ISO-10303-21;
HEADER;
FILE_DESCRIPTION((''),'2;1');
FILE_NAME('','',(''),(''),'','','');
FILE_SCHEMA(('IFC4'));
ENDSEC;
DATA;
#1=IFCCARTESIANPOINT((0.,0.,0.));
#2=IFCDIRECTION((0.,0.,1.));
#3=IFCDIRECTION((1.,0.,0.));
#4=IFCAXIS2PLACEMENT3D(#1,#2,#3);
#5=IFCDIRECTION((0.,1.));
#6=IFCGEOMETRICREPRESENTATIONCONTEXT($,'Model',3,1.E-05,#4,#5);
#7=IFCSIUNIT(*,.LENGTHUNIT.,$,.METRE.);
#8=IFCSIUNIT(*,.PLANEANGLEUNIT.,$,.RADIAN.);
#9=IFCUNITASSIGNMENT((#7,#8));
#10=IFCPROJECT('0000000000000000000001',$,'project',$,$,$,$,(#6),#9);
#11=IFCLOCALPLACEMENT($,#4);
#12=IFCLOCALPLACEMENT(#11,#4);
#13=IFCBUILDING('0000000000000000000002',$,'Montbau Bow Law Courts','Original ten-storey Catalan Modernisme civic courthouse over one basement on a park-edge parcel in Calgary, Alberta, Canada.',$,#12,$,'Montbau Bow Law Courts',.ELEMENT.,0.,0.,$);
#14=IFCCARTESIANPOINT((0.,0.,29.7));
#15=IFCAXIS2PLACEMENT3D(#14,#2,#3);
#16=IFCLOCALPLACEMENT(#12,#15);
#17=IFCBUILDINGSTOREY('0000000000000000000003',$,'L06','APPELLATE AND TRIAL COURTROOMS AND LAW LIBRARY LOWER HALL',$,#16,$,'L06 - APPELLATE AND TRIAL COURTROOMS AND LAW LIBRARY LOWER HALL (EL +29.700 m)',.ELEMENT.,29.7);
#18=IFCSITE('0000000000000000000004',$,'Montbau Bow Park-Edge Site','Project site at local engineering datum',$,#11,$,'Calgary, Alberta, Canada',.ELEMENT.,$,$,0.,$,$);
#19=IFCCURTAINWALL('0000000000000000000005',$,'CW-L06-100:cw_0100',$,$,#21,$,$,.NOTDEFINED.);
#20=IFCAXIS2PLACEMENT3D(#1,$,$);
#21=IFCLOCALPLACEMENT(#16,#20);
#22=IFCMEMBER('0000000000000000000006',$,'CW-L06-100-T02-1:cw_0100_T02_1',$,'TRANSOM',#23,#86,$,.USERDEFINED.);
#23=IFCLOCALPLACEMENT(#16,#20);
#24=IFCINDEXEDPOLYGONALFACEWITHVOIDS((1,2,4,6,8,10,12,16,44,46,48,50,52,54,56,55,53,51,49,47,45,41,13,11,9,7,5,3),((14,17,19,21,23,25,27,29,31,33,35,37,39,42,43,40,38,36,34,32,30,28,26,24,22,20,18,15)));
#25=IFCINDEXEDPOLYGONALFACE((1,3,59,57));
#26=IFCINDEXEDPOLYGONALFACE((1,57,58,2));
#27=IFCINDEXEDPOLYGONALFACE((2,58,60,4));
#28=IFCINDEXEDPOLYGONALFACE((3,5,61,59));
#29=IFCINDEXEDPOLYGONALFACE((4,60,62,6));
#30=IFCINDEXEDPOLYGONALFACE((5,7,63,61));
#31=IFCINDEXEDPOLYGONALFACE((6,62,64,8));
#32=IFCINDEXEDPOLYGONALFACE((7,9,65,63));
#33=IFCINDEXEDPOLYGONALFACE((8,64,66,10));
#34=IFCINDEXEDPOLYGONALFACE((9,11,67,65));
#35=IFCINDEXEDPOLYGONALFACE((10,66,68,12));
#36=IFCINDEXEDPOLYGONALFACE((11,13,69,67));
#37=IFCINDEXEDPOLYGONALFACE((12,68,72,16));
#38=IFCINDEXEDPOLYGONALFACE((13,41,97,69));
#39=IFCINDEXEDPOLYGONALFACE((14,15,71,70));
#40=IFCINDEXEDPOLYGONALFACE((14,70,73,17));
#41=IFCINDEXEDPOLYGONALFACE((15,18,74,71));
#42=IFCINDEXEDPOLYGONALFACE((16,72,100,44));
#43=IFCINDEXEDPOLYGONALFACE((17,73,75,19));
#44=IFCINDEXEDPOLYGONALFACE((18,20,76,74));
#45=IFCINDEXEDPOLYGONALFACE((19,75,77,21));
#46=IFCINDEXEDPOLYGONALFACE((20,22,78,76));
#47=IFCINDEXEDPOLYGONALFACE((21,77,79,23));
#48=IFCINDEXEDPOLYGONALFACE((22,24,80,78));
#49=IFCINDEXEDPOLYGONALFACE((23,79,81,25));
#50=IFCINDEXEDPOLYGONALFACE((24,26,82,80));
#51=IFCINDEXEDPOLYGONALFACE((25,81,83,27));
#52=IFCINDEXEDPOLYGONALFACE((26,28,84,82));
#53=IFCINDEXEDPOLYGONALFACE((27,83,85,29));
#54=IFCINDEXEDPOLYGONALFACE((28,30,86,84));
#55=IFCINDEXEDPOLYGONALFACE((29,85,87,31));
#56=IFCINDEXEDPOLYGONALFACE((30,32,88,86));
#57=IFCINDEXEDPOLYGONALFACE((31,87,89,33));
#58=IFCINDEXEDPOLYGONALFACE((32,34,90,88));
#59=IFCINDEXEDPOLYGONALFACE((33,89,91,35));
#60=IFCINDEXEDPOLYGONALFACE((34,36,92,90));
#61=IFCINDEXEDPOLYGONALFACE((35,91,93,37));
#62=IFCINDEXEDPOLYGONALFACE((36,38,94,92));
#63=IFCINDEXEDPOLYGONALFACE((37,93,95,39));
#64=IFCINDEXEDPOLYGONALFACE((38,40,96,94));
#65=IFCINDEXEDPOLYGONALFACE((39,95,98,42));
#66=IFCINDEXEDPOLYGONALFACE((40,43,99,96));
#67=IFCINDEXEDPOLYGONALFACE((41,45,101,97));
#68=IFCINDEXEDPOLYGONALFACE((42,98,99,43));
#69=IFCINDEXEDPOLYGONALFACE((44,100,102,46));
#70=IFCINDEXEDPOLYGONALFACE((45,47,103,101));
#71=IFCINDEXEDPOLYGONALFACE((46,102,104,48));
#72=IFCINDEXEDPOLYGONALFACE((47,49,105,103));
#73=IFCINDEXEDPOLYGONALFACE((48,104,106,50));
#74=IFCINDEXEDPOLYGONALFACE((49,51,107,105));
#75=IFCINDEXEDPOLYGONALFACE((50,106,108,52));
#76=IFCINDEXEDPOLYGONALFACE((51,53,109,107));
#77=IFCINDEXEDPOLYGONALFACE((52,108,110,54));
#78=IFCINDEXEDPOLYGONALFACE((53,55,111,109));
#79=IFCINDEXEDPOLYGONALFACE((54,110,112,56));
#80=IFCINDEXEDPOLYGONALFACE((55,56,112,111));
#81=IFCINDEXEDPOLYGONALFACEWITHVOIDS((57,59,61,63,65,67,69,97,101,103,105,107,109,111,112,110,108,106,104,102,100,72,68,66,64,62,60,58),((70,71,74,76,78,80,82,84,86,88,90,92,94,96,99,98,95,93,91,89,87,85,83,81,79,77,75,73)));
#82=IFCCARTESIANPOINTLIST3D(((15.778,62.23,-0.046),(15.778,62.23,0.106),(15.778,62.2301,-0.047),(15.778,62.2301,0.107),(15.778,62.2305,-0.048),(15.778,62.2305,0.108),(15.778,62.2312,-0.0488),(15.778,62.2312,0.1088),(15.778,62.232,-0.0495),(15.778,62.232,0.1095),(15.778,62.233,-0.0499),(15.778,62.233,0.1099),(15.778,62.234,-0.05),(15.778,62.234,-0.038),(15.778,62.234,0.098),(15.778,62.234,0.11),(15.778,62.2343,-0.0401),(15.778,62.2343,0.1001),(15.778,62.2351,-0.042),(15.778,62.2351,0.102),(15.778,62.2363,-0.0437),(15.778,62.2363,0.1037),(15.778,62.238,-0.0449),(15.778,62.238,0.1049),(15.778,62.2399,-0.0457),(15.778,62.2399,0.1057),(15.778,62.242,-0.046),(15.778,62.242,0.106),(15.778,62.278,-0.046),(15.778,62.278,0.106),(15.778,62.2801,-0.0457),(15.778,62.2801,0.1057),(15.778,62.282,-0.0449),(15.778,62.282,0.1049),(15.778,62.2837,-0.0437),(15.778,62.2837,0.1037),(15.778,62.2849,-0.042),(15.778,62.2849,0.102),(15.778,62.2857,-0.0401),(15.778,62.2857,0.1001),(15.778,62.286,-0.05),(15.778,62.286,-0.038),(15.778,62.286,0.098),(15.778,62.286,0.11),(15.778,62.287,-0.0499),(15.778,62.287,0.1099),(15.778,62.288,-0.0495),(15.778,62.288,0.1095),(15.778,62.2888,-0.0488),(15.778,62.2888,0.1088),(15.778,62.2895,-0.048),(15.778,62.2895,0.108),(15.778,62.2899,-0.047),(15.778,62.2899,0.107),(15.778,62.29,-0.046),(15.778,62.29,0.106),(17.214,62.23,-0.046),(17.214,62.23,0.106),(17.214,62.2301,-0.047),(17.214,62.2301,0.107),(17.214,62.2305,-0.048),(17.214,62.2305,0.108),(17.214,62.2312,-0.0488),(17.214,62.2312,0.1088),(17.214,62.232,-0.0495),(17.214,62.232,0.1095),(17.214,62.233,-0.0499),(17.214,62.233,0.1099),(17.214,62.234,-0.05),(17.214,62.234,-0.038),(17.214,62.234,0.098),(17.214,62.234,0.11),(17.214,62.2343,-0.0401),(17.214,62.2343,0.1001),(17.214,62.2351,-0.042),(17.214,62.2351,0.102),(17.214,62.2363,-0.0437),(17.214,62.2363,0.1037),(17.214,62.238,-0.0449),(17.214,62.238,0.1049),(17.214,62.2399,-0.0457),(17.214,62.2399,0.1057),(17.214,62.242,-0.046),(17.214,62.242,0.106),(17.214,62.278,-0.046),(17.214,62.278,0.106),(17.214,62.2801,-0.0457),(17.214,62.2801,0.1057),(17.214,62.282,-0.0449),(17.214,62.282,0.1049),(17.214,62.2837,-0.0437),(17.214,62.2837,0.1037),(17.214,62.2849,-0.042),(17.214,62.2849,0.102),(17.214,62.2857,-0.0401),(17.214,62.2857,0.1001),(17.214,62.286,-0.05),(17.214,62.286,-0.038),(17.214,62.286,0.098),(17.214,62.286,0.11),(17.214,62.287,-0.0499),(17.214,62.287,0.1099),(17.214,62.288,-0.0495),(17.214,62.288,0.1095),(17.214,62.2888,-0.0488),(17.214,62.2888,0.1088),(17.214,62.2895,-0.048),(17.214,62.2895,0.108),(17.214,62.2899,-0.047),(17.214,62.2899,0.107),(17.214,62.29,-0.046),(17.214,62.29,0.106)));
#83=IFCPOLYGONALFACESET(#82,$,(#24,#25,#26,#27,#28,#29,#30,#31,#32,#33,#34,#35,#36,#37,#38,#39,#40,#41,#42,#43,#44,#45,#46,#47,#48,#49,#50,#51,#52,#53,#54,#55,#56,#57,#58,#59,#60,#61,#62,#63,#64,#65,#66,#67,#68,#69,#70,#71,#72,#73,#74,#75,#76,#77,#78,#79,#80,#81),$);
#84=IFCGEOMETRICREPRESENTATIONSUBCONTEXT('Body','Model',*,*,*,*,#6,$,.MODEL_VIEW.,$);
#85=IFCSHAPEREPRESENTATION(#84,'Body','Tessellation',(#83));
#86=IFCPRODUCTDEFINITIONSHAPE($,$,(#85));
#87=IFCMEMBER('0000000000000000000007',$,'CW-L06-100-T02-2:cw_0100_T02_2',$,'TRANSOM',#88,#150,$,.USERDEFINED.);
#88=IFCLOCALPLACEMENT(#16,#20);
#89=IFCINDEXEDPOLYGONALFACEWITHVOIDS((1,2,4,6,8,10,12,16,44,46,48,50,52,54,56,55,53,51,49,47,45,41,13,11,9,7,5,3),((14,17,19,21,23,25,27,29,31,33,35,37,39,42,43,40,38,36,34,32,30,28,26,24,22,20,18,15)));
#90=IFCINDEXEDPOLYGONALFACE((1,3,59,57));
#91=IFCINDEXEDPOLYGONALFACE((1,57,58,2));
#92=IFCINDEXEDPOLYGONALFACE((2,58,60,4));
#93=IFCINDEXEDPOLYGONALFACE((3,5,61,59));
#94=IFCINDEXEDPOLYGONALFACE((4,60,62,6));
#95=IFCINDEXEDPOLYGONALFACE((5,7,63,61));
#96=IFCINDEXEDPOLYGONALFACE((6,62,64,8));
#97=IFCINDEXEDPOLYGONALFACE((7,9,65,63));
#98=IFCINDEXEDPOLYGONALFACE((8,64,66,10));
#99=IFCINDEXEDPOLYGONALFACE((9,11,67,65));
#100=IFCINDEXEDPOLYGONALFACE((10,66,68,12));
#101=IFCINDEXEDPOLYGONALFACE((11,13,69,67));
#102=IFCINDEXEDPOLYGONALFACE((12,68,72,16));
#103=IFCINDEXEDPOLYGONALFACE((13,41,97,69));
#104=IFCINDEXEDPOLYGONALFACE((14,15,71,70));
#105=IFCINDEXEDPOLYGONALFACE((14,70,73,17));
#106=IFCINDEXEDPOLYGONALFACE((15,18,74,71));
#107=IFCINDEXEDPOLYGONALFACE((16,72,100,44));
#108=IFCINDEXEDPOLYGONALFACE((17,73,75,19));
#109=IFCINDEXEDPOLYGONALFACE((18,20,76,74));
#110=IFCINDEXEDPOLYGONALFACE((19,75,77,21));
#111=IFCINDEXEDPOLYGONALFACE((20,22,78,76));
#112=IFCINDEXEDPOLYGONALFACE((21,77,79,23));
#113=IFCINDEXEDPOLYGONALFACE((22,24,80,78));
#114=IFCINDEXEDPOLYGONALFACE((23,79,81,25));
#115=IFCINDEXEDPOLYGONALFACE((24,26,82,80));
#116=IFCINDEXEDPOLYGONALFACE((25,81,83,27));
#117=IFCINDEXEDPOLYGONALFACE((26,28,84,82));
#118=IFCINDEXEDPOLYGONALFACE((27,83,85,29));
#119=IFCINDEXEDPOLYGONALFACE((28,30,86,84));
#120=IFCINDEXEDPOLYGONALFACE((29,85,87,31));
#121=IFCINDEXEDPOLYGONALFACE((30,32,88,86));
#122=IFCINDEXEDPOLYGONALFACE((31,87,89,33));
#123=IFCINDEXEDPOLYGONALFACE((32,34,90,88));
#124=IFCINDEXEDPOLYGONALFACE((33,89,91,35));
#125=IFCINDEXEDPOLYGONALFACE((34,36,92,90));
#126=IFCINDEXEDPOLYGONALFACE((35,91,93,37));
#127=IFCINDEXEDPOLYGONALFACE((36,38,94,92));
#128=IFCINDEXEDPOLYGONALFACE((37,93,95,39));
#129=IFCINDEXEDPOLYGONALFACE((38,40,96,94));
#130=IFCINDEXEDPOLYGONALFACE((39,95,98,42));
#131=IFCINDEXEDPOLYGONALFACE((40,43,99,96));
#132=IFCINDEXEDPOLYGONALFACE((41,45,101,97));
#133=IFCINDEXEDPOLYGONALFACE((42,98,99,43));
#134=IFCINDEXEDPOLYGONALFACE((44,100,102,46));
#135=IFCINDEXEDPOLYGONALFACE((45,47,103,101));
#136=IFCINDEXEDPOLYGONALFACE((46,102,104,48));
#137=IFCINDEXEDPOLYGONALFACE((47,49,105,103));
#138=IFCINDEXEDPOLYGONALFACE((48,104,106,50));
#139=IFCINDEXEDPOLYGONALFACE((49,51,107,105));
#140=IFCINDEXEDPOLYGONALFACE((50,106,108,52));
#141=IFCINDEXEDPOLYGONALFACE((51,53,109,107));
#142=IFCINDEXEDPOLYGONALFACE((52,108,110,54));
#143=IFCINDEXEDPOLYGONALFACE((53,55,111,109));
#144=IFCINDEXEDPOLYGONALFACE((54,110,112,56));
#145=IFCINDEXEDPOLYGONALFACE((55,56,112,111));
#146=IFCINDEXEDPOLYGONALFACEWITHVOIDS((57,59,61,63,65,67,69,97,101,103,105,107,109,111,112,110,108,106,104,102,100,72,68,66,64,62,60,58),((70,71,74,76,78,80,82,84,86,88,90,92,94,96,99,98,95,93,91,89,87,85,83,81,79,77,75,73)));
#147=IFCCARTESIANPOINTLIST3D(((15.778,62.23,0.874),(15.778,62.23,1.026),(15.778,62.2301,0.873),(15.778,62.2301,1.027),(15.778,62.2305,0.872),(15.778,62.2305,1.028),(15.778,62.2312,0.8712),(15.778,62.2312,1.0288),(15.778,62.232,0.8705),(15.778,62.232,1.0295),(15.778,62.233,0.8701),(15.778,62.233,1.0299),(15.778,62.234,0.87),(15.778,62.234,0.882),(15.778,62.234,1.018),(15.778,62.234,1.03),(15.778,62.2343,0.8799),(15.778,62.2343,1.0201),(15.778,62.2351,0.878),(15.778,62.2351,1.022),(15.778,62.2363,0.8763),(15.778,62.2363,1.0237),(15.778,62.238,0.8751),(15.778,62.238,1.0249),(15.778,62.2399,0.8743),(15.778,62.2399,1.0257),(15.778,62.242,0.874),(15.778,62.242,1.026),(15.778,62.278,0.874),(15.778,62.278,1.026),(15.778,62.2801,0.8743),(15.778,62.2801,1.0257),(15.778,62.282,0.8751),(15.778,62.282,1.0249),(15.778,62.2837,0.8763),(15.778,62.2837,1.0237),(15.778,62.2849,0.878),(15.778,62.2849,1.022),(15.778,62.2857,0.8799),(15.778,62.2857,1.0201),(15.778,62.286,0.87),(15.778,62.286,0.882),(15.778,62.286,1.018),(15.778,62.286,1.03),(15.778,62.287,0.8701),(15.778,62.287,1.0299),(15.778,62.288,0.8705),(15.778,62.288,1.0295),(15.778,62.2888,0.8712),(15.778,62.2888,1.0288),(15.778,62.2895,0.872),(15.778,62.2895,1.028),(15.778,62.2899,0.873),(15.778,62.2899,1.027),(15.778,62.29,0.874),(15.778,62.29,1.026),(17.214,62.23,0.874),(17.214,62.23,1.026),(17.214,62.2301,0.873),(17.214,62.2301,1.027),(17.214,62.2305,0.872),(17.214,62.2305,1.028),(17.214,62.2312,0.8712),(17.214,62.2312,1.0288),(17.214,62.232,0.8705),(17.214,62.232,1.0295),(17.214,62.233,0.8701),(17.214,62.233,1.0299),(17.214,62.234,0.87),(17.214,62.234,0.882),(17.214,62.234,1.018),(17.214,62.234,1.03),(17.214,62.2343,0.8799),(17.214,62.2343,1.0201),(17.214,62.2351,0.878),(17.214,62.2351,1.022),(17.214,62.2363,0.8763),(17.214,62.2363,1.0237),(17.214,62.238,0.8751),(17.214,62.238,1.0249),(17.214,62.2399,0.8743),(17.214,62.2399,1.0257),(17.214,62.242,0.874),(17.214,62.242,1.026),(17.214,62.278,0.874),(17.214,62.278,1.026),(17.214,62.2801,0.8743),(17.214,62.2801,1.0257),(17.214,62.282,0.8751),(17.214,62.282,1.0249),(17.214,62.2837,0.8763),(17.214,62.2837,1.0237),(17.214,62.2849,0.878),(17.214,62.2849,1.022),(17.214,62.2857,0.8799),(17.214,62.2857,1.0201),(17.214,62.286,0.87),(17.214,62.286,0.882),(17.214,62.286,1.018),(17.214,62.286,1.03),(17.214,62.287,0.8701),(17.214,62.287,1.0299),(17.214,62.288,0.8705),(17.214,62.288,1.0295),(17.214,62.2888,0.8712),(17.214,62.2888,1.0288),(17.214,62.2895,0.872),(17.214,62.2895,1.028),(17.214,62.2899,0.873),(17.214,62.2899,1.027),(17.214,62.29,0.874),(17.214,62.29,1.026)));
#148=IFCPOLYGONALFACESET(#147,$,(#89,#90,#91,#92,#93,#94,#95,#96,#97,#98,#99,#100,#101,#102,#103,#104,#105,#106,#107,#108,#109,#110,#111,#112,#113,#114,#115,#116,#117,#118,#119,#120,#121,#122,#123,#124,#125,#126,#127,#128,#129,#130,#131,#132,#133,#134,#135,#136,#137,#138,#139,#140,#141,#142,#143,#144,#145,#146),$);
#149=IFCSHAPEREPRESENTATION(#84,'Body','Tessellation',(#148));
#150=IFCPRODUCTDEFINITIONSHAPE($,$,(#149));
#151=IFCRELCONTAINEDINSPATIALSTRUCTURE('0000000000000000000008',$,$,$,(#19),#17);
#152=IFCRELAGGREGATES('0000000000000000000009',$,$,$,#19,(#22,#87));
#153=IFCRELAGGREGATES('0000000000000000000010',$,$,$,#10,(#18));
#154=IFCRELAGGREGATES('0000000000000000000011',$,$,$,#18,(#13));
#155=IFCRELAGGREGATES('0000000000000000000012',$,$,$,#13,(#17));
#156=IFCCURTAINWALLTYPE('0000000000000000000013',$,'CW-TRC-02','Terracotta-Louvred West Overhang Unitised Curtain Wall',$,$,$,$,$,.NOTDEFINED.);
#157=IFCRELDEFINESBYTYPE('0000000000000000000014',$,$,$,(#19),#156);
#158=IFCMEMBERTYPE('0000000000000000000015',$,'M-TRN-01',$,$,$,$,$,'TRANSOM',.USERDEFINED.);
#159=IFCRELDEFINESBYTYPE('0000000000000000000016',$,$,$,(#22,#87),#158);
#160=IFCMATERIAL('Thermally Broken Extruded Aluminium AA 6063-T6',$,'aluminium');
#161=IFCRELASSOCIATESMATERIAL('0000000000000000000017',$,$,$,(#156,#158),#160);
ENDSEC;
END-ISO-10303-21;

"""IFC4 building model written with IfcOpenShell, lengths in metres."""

from ifc_helpers import new_model, si_unit, direction, frame, origin_with_axes, origin_2d_with_axis, place, context, subcontext, project, spatial, hollow_rectangle, extrude, material, material_profile, profile_set, type_object, element, aggregate, save


model = new_model("IFC4")

# Units and contexts
model_context = context("Model", 3, precision=1e-05, world=origin_with_axes(), true_north=direction((0.0, 1.0)))
body_context = subcontext(model_context, "Body", "Model", "MODEL_VIEW")
ifc_project = project(units=[si_unit("LENGTHUNIT", "METRE"), si_unit("PLANEANGLEUNIT", "RADIAN")], contexts=[model_context])

# Site, building, storey
site_placement = place(None, origin_with_axes())
site = spatial("IfcSite", under=ifc_project, at=site_placement, Name="Montbau Bow Park-Edge Site", Description="Project site at local engineering datum", LongName="Calgary, Alberta, Canada", CompositionType="ELEMENT", RefElevation=0.0)
building_placement = place(site_placement, origin_with_axes())
building = spatial("IfcBuilding", under=site, at=building_placement, Name="Montbau Bow Law Courts", Description="Original ten-storey Catalan Modernisme civic courthouse over one basement on a park-edge parcel in Calgary, Alberta, Canada.", LongName="Montbau Bow Law Courts", CompositionType="ELEMENT", ElevationOfRefHeight=0.0, ElevationOfTerrain=0.0)
storey_placement = place(building_placement, frame((0.0, 0.0, 29.7), z_axis=(0.0, 0.0, 1.0), x_axis=(1.0, 0.0, 0.0)))
storey = spatial("IfcBuildingStorey", under=building, at=storey_placement, Name="L06", Description="APPELLATE AND TRIAL COURTROOMS AND LAW LIBRARY LOWER HALL", LongName="L06 - APPELLATE AND TRIAL COURTROOMS AND LAW LIBRARY LOWER HALL (EL +29.700 m)", CompositionType="ELEMENT", Elevation=29.7)

# Shared definitions
ifc_material_1 = material(Name="Thermally Broken Extruded Aluminium AA 6063-T6", Category="aluminium")
curtain_wall_type = type_object("IfcCurtainWallType", Name="CW-TRC-02", Description="Terracotta-Louvred West Overhang Unitised Curtain Wall", PredefinedType="NOTDEFINED", material=ifc_material_1)

# Curtain wall, members
curtain_wall_1_placement = place(None, frame((14.24, 62.26, 29.7), z_axis=(0.0, 0.0, 1.0), x_axis=(1.0, 0.0, 0.0)))
curtain_wall_1 = element("IfcCurtainWall", 1, at=curtain_wall_1_placement, inside=storey, type_object=curtain_wall_type, Name="CW-L06-100:cw_0100", PredefinedType="NOTDEFINED")
ifc_material_profile_1 = material_profile(ifc_material_1, hollow_rectangle(XDim=0.06, YDim=0.16, WallThickness=0.004, InnerFilletRadius=0.008, OuterFilletRadius=0.004, at=origin_2d_with_axis()), Name="CWT-160X60", Category="Main", Priority=0)
ifc_profile_set_1 = profile_set([ifc_material_profile_1], Name="Thermally Broken Extruded Aluminium AA 6063-T6")
member_type_1 = type_object("IfcMemberType", Name="M-TRN-01", ElementType="TRANSOM", PredefinedType="USERDEFINED", material=ifc_profile_set_1)
member_1_placement = place(None, frame((15.778, 62.26, 29.73), z_axis=(1.0, 0.0, 0.0), x_axis=(0.0, 1.0, 0.0)))
member_1 = element("IfcMember", 2, at=member_1_placement, type_object=member_type_1, Name="CW-L06-100-T02-1:cw_0100_T02_1", ObjectType="TRANSOM", PredefinedType="USERDEFINED", context=body_context, shape_type="SweptSolid", body=[
    extrude(hollow_rectangle(XDim=0.06, YDim=0.16, WallThickness=0.004, InnerFilletRadius=0.008, OuterFilletRadius=0.004, at=origin_2d_with_axis()), origin_with_axes(), (0.0, 0.0, 1.0), 1.436),
])
member_2_placement = place(None, frame((15.778, 62.26, 30.65), z_axis=(1.0, 0.0, 0.0), x_axis=(0.0, 1.0, 0.0)))
member_2 = element("IfcMember", 3, at=member_2_placement, type_object=member_type_1, Name="CW-L06-100-T02-2:cw_0100_T02_2", ObjectType="TRANSOM", PredefinedType="USERDEFINED", context=body_context, shape_type="SweptSolid", body=[
    extrude(hollow_rectangle(XDim=0.06, YDim=0.16, WallThickness=0.004, InnerFilletRadius=0.008, OuterFilletRadius=0.004, at=origin_2d_with_axis()), origin_with_axes(), (0.0, 0.0, 1.0), 1.436),
])
aggregate(curtain_wall_1, [member_1, member_2])

save(model, "model.ifc")
